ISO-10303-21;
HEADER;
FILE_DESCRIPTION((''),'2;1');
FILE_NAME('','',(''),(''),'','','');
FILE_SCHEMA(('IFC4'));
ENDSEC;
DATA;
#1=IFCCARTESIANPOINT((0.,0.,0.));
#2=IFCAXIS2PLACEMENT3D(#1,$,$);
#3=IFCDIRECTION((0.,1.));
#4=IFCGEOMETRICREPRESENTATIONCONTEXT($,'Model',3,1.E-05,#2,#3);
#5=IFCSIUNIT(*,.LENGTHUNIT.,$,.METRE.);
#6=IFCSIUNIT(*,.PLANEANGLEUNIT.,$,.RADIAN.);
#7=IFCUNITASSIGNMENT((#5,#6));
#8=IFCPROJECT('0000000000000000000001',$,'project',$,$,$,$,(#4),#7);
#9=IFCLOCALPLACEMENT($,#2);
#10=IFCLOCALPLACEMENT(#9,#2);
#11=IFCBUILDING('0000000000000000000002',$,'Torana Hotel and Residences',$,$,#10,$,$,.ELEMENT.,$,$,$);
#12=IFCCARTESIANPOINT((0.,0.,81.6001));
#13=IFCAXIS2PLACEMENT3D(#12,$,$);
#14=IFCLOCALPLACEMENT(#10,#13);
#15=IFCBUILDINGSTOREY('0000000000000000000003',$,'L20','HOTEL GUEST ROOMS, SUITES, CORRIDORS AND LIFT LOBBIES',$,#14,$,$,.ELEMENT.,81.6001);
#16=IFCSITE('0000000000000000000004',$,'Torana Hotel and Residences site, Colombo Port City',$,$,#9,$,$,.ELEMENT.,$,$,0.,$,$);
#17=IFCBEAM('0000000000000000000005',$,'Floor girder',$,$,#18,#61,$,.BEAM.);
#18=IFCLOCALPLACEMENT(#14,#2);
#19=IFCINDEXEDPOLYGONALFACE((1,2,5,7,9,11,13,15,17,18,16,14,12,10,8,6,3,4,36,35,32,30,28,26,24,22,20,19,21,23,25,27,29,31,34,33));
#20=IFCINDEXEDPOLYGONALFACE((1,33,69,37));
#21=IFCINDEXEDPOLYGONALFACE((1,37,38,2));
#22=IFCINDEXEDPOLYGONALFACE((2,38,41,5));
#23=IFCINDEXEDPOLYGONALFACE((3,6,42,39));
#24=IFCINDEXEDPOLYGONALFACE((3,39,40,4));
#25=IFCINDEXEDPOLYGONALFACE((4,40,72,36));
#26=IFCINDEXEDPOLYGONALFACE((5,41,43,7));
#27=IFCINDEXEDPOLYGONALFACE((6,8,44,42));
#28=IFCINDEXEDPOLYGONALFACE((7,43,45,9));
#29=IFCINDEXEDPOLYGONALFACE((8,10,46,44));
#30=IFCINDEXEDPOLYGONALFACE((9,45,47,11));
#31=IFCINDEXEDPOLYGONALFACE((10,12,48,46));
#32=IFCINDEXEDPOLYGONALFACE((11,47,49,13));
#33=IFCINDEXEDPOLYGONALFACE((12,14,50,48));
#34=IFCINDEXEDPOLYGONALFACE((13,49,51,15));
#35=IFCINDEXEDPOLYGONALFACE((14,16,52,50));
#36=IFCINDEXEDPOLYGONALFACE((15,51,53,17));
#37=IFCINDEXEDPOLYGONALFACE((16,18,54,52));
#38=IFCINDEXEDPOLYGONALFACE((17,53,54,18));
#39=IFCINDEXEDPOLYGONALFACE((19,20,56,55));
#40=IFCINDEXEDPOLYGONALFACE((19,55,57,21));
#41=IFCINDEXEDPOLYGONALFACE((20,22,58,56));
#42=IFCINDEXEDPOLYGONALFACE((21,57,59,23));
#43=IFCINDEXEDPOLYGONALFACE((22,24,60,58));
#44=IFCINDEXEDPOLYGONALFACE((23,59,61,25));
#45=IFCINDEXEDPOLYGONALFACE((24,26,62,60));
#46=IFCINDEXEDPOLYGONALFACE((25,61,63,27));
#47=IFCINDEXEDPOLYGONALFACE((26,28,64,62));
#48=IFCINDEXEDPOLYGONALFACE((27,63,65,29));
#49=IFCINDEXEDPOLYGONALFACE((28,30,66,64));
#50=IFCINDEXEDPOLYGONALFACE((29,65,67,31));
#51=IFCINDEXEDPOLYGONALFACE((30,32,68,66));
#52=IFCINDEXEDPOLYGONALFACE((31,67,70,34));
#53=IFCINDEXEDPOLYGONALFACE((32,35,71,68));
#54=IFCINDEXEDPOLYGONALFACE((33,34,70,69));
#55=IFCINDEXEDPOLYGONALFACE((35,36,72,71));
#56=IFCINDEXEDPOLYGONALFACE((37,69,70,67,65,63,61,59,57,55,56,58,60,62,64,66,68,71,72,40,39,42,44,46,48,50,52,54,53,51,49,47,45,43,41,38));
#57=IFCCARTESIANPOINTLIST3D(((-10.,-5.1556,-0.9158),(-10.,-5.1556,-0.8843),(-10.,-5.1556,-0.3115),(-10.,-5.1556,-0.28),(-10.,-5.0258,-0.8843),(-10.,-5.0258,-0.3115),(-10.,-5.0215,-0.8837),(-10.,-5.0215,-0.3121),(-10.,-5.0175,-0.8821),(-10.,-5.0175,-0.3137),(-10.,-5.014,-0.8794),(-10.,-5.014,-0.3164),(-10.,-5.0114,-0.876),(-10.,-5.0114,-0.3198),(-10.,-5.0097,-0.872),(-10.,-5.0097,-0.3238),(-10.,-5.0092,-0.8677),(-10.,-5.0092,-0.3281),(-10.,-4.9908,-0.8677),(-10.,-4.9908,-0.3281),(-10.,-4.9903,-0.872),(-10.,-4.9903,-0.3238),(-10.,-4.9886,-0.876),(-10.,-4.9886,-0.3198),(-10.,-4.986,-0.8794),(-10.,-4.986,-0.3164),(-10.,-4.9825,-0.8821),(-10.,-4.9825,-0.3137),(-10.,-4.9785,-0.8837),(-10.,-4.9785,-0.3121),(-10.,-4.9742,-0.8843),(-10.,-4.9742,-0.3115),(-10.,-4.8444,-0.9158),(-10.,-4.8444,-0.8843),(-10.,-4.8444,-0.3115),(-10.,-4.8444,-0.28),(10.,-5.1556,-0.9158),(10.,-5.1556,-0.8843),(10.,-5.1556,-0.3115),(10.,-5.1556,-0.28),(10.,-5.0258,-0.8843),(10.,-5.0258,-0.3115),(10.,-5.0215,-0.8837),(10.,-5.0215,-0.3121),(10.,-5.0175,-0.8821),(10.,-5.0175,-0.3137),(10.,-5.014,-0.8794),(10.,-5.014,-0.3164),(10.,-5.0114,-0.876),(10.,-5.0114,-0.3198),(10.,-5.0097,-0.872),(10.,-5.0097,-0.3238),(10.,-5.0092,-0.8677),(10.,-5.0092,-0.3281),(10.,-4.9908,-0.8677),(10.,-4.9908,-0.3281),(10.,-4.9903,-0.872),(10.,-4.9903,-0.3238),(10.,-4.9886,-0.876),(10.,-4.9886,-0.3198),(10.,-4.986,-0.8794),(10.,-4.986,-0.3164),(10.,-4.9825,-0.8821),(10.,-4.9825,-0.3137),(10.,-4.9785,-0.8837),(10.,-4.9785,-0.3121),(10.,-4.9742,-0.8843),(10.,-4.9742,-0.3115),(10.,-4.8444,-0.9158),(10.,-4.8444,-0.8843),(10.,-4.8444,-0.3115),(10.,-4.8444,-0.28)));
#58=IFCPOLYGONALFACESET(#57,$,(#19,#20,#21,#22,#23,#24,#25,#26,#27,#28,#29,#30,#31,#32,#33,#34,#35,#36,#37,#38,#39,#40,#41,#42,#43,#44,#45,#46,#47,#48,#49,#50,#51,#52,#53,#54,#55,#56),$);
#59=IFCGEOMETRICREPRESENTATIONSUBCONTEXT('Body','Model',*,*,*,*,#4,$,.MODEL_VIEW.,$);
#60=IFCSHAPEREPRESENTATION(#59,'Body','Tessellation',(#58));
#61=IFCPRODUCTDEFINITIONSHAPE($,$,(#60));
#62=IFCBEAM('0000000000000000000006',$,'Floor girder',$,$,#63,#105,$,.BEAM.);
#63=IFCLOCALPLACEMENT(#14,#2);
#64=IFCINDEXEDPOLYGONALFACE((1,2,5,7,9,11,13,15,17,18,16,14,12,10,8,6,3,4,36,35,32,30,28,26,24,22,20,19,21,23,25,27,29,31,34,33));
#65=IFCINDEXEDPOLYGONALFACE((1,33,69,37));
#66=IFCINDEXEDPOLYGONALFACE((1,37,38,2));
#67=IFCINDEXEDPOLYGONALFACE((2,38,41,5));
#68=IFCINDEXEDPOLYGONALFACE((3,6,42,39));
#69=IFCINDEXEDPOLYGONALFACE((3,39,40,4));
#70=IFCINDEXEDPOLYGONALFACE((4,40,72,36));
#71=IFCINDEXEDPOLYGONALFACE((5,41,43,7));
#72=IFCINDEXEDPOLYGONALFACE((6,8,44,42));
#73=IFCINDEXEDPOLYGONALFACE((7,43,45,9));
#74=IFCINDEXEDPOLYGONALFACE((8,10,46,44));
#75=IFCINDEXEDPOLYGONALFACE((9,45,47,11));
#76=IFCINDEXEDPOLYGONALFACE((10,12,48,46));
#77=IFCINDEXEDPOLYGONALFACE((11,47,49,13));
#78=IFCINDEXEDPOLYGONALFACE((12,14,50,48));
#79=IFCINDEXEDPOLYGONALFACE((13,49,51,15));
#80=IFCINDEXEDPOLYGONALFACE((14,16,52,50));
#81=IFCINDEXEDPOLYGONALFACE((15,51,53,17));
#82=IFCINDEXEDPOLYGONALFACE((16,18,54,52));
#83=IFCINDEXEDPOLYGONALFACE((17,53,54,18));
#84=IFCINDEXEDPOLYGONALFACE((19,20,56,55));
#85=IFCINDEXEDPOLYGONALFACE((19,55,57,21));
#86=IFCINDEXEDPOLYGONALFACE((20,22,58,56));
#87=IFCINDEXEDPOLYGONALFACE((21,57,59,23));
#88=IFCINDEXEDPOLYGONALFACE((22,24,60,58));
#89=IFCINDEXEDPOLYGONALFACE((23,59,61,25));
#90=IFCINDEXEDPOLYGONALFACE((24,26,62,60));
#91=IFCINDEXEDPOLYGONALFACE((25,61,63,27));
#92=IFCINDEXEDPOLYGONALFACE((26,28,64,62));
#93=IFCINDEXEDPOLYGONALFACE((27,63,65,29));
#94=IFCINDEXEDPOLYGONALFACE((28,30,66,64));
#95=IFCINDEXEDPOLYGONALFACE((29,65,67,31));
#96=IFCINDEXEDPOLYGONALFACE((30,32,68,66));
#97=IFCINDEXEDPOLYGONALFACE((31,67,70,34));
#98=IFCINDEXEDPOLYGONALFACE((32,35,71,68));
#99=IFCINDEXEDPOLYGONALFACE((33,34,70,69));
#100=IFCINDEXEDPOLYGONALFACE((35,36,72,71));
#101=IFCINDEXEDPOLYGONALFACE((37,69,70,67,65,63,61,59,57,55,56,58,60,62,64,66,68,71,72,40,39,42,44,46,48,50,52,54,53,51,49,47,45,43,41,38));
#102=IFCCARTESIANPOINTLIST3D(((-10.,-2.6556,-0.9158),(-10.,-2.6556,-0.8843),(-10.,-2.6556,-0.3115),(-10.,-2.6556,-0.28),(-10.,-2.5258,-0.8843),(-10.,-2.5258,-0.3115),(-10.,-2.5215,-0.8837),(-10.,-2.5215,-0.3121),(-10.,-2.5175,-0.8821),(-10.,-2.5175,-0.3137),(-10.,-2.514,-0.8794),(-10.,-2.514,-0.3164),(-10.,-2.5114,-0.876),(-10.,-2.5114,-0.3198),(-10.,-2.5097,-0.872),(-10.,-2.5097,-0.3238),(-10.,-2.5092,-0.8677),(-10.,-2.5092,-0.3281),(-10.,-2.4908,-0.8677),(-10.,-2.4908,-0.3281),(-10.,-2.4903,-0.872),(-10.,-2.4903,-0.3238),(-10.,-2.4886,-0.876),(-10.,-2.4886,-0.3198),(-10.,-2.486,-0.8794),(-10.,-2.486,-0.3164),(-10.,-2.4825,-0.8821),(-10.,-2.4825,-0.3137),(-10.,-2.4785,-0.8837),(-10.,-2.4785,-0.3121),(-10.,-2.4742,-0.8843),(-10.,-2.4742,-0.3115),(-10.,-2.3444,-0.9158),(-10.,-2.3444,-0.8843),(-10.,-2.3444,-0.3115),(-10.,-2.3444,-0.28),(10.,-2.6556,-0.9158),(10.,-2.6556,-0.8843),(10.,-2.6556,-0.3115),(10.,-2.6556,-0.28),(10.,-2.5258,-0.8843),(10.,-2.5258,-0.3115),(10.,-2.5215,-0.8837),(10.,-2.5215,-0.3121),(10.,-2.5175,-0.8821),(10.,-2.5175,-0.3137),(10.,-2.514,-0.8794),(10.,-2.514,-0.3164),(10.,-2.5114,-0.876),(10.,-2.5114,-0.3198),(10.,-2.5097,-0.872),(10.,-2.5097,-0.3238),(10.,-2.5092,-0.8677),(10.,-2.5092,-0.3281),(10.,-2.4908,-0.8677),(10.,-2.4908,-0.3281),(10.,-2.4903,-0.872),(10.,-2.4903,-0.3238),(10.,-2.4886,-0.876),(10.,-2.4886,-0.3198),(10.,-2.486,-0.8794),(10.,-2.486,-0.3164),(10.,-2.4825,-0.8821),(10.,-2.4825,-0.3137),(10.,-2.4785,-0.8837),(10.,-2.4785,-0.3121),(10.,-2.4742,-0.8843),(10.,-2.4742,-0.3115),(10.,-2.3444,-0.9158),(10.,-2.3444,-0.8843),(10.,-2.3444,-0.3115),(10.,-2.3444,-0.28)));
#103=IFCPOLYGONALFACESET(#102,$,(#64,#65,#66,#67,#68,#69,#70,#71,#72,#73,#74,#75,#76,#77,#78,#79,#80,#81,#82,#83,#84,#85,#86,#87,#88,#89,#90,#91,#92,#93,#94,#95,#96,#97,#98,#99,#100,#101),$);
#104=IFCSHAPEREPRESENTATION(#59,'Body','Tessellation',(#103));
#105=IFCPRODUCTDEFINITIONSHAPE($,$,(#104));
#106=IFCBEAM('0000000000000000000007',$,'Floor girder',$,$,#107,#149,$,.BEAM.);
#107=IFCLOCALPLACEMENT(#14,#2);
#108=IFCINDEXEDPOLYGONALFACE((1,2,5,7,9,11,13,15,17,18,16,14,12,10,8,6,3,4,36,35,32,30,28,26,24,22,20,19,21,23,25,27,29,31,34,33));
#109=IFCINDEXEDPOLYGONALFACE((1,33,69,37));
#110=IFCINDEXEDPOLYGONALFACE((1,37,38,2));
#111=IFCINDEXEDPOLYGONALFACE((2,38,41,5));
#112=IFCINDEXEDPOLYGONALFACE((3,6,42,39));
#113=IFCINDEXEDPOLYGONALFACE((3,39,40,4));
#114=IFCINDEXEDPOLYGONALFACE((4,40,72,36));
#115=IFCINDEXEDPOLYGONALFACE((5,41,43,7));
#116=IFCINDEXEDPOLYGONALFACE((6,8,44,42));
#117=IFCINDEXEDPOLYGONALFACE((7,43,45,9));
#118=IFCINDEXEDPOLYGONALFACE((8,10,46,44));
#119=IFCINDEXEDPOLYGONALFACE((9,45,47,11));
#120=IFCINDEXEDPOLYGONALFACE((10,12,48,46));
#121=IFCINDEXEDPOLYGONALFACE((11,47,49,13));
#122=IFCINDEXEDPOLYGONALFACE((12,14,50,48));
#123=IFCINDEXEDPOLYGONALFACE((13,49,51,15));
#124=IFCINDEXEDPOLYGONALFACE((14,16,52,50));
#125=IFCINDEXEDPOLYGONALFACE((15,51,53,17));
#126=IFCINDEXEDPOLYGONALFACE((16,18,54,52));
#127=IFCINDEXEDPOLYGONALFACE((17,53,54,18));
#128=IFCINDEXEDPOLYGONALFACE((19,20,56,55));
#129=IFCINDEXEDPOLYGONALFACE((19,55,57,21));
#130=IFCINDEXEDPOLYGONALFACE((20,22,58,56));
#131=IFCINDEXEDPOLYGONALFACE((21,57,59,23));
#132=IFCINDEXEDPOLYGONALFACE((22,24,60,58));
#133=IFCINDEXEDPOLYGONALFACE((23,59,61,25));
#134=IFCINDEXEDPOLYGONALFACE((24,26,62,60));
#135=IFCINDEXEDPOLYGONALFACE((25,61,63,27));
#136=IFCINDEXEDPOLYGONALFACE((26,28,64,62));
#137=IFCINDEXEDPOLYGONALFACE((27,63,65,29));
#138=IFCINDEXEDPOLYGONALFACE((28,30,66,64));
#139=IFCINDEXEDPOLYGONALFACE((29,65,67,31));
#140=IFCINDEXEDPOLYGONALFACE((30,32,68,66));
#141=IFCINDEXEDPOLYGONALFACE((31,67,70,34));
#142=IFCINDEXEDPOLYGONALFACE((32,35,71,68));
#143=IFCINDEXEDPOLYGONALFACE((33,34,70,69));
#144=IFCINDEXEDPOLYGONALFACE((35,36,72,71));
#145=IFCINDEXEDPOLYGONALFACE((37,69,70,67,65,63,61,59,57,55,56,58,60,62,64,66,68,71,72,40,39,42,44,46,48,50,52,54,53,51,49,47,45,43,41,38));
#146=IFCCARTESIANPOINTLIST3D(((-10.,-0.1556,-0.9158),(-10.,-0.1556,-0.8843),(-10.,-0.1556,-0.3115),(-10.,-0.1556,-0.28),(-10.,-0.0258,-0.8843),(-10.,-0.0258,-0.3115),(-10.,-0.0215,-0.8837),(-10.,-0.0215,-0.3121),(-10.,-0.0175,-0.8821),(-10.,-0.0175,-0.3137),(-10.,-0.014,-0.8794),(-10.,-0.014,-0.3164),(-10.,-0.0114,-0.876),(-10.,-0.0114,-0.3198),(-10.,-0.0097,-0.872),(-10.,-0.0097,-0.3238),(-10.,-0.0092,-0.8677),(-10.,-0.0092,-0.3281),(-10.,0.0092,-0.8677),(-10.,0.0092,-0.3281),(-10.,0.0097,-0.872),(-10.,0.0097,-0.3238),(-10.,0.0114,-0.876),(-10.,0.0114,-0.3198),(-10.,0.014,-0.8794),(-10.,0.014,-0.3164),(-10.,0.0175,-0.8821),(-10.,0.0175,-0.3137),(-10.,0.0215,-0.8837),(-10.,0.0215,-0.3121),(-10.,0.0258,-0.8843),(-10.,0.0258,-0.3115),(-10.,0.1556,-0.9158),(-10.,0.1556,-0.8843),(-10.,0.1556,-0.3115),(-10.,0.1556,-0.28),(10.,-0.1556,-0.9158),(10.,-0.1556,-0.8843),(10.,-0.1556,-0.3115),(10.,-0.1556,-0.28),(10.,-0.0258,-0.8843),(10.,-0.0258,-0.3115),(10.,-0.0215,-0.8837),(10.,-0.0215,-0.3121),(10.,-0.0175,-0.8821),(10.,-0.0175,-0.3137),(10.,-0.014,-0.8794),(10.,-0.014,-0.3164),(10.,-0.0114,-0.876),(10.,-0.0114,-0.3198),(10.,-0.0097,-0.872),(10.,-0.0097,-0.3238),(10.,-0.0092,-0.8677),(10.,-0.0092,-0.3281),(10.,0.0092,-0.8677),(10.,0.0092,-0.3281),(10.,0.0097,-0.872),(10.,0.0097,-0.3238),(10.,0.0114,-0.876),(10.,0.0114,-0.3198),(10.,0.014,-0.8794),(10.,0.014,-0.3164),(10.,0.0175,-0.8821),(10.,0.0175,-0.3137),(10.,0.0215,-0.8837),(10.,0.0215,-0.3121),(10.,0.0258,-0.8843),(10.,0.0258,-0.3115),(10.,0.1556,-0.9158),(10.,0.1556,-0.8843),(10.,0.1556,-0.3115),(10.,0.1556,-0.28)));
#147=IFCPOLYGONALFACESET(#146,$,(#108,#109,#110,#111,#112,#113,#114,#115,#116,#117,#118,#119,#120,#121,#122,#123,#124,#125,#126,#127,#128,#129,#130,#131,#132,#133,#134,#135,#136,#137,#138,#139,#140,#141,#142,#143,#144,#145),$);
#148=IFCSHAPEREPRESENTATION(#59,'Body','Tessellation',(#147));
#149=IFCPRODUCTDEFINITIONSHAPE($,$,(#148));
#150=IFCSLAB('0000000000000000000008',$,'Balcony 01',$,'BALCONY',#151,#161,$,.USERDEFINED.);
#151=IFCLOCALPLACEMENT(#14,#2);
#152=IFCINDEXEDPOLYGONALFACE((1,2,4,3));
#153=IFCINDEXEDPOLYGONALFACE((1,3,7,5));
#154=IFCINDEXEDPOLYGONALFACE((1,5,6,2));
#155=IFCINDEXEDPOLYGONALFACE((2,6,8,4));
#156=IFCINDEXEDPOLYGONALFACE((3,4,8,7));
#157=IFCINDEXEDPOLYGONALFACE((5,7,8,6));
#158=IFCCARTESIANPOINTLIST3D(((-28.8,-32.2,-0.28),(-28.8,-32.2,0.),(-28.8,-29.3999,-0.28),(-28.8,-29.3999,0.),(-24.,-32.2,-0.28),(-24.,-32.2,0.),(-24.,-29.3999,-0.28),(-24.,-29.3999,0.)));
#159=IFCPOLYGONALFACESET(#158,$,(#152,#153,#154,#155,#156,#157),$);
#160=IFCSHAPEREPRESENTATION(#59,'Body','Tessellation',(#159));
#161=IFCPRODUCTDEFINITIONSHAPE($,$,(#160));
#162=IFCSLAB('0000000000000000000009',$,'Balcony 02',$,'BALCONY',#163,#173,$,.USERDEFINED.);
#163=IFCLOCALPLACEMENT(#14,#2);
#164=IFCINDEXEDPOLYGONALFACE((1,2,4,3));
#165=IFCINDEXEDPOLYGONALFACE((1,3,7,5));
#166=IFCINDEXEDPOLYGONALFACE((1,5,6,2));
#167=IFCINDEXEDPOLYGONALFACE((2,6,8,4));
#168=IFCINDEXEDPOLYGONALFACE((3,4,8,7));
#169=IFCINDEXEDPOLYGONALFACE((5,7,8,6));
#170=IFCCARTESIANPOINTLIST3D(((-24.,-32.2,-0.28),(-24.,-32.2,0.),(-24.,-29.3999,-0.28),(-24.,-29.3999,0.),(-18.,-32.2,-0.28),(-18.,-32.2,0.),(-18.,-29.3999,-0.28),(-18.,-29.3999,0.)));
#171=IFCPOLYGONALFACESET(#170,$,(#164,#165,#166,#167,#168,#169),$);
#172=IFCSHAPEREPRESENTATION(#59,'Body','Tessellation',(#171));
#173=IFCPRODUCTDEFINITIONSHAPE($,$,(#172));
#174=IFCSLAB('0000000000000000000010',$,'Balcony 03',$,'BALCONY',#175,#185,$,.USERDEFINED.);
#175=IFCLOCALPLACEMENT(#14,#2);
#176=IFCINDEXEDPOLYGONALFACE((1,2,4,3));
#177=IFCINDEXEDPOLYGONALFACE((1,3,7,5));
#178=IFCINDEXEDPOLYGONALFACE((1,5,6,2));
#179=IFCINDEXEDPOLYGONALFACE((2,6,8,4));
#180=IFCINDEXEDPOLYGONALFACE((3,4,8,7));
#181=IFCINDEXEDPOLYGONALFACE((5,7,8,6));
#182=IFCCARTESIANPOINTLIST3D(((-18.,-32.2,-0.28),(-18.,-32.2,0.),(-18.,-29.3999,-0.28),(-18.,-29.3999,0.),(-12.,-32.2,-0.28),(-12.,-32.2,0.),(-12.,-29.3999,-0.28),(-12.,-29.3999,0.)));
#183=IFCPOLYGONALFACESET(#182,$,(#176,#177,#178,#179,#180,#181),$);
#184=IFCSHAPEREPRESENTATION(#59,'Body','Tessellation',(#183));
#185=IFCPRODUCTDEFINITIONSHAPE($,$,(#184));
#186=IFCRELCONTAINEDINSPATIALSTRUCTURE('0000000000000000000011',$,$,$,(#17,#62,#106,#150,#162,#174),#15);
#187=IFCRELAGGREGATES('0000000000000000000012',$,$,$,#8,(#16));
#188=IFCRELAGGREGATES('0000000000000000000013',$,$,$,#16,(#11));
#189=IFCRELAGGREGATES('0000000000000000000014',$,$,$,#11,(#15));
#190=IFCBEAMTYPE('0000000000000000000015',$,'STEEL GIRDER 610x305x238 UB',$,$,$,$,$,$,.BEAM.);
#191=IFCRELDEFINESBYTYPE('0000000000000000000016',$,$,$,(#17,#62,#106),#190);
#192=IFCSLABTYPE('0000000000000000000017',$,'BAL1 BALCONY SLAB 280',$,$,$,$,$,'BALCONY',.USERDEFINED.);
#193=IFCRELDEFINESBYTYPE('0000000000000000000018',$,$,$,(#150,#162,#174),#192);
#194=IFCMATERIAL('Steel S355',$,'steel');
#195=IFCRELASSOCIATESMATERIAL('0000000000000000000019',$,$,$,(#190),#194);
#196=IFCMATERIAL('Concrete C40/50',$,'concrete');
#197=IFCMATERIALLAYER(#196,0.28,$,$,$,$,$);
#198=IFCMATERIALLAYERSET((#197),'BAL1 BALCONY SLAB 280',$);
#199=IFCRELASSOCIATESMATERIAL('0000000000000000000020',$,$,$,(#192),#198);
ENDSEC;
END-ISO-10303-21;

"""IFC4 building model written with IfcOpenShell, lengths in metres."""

from ifc_helpers import new_model, si_unit, direction, frame, origin, origin_2d, place, context, subcontext, project, spatial, polyline, i_section, outline, extrude, material, layer, layer_set, material_profile, profile_set, type_object, element, save


model = new_model("IFC4")

# Units and contexts
model_context = context("Model", 3, precision=1e-05, world=origin(), true_north=direction((0.0, 1.0)))
body_context = subcontext(model_context, "Body", "Model", "MODEL_VIEW")
ifc_project = project(units=[si_unit("LENGTHUNIT", "METRE"), si_unit("PLANEANGLEUNIT", "RADIAN")], contexts=[model_context])

# Site, building, storey
site_placement = place(None, origin())
site = spatial("IfcSite", under=ifc_project, at=site_placement, Name="Torana Hotel and Residences site, Colombo Port City", CompositionType="ELEMENT", RefElevation=0.0)
building_placement = place(site_placement, origin())
building = spatial("IfcBuilding", under=site, at=building_placement, Name="Torana Hotel and Residences", CompositionType="ELEMENT")
storey_placement = place(building_placement, frame((0.0, 0.0, 81.6001)))
storey = spatial("IfcBuildingStorey", under=building, at=storey_placement, Name="L20", Description="HOTEL GUEST ROOMS, SUITES, CORRIDORS AND LIFT LOBBIES", CompositionType="ELEMENT", Elevation=81.6001)

# Beams
ifc_material_1 = material(Name="Steel S355", Category="steel")
ifc_material_profile = material_profile(ifc_material_1, i_section(OverallWidth=0.3113, OverallDepth=0.6357, WebThickness=0.0183, FlangeThickness=0.0315, FilletRadius=0.0166, at=origin_2d()), Name="610x305x238 UB")
ifc_profile_set = profile_set([ifc_material_profile], Name="Steel S355")
beam_type = type_object("IfcBeamType", Name="STEEL GIRDER 610x305x238 UB", PredefinedType="BEAM", material=ifc_profile_set)
for number, where, z_axis, x_axis, name in (
    (1, (-10.0, -5.0, -0.5979), (1.0, 0.0, 0.0), (0.0, 1.0, 0.0), "Floor girder"),
    (2, (-10.0, -2.5, -0.5979), (1.0, 0.0, 0.0), (0.0, 1.0, 0.0), "Floor girder"),
    (3, (-10.0, 0.0, -0.5979), (1.0, 0.0, 0.0), (0.0, 1.0, 0.0), "Floor girder"),
):
    element("IfcBeam", number, at=place(storey_placement, frame(where, z_axis=z_axis, x_axis=x_axis)), inside=storey, type_object=beam_type, Name=name, PredefinedType="BEAM", context=body_context, shape_type="SweptSolid", body=[
        extrude(i_section(OverallWidth=0.3113, OverallDepth=0.6357, WebThickness=0.0183, FlangeThickness=0.0315, FilletRadius=0.0166, at=origin_2d()), origin(), (0.0, 0.0, 1.0), 20.0),
    ])

# Slabs
ifc_material_2 = material(Name="Concrete C40/50", Category="concrete")
ifc_layer_1 = layer(ifc_material_2, 0.28)
ifc_layer_set_1 = layer_set([ifc_layer_1], Name="BAL1 BALCONY SLAB 280")
slab_type_1 = type_object("IfcSlabType", Name="BAL1 BALCONY SLAB 280", ElementType="BALCONY", PredefinedType="USERDEFINED", material=ifc_layer_set_1)
slab_1_placement = place(storey_placement, frame((0.0, 0.0, -0.28)))
element("IfcSlab", 4, at=slab_1_placement, inside=storey, type_object=slab_type_1, Name="Balcony 01", ObjectType="BALCONY", PredefinedType="USERDEFINED", context=body_context, shape_type="SweptSolid", body=[
    extrude(outline(polyline([(-28.8, -32.2), (-24.0, -32.2), (-24.0, -29.3999), (-28.8, -29.3999), (-28.8, -32.2)])), origin(), (0.0, 0.0, 1.0), 0.28),
])
slab_2_placement = place(storey_placement, frame((0.0, 0.0, -0.28)))
element("IfcSlab", 5, at=slab_2_placement, inside=storey, type_object=slab_type_1, Name="Balcony 02", ObjectType="BALCONY", PredefinedType="USERDEFINED", context=body_context, shape_type="SweptSolid", body=[
    extrude(outline(polyline([(-24.0, -32.2), (-18.0, -32.2), (-18.0, -29.3999), (-24.0, -29.3999), (-24.0, -32.2)])), origin(), (0.0, 0.0, 1.0), 0.28),
])
slab_3_placement = place(storey_placement, frame((0.0, 0.0, -0.28)))
element("IfcSlab", 6, at=slab_3_placement, inside=storey, type_object=slab_type_1, Name="Balcony 03", ObjectType="BALCONY", PredefinedType="USERDEFINED", context=body_context, shape_type="SweptSolid", body=[
    extrude(outline(polyline([(-18.0, -32.2), (-12.0, -32.2), (-12.0, -29.3999), (-18.0, -29.3999), (-18.0, -32.2)])), origin(), (0.0, 0.0, 1.0), 0.28),
])

save(model, "model.ifc")
